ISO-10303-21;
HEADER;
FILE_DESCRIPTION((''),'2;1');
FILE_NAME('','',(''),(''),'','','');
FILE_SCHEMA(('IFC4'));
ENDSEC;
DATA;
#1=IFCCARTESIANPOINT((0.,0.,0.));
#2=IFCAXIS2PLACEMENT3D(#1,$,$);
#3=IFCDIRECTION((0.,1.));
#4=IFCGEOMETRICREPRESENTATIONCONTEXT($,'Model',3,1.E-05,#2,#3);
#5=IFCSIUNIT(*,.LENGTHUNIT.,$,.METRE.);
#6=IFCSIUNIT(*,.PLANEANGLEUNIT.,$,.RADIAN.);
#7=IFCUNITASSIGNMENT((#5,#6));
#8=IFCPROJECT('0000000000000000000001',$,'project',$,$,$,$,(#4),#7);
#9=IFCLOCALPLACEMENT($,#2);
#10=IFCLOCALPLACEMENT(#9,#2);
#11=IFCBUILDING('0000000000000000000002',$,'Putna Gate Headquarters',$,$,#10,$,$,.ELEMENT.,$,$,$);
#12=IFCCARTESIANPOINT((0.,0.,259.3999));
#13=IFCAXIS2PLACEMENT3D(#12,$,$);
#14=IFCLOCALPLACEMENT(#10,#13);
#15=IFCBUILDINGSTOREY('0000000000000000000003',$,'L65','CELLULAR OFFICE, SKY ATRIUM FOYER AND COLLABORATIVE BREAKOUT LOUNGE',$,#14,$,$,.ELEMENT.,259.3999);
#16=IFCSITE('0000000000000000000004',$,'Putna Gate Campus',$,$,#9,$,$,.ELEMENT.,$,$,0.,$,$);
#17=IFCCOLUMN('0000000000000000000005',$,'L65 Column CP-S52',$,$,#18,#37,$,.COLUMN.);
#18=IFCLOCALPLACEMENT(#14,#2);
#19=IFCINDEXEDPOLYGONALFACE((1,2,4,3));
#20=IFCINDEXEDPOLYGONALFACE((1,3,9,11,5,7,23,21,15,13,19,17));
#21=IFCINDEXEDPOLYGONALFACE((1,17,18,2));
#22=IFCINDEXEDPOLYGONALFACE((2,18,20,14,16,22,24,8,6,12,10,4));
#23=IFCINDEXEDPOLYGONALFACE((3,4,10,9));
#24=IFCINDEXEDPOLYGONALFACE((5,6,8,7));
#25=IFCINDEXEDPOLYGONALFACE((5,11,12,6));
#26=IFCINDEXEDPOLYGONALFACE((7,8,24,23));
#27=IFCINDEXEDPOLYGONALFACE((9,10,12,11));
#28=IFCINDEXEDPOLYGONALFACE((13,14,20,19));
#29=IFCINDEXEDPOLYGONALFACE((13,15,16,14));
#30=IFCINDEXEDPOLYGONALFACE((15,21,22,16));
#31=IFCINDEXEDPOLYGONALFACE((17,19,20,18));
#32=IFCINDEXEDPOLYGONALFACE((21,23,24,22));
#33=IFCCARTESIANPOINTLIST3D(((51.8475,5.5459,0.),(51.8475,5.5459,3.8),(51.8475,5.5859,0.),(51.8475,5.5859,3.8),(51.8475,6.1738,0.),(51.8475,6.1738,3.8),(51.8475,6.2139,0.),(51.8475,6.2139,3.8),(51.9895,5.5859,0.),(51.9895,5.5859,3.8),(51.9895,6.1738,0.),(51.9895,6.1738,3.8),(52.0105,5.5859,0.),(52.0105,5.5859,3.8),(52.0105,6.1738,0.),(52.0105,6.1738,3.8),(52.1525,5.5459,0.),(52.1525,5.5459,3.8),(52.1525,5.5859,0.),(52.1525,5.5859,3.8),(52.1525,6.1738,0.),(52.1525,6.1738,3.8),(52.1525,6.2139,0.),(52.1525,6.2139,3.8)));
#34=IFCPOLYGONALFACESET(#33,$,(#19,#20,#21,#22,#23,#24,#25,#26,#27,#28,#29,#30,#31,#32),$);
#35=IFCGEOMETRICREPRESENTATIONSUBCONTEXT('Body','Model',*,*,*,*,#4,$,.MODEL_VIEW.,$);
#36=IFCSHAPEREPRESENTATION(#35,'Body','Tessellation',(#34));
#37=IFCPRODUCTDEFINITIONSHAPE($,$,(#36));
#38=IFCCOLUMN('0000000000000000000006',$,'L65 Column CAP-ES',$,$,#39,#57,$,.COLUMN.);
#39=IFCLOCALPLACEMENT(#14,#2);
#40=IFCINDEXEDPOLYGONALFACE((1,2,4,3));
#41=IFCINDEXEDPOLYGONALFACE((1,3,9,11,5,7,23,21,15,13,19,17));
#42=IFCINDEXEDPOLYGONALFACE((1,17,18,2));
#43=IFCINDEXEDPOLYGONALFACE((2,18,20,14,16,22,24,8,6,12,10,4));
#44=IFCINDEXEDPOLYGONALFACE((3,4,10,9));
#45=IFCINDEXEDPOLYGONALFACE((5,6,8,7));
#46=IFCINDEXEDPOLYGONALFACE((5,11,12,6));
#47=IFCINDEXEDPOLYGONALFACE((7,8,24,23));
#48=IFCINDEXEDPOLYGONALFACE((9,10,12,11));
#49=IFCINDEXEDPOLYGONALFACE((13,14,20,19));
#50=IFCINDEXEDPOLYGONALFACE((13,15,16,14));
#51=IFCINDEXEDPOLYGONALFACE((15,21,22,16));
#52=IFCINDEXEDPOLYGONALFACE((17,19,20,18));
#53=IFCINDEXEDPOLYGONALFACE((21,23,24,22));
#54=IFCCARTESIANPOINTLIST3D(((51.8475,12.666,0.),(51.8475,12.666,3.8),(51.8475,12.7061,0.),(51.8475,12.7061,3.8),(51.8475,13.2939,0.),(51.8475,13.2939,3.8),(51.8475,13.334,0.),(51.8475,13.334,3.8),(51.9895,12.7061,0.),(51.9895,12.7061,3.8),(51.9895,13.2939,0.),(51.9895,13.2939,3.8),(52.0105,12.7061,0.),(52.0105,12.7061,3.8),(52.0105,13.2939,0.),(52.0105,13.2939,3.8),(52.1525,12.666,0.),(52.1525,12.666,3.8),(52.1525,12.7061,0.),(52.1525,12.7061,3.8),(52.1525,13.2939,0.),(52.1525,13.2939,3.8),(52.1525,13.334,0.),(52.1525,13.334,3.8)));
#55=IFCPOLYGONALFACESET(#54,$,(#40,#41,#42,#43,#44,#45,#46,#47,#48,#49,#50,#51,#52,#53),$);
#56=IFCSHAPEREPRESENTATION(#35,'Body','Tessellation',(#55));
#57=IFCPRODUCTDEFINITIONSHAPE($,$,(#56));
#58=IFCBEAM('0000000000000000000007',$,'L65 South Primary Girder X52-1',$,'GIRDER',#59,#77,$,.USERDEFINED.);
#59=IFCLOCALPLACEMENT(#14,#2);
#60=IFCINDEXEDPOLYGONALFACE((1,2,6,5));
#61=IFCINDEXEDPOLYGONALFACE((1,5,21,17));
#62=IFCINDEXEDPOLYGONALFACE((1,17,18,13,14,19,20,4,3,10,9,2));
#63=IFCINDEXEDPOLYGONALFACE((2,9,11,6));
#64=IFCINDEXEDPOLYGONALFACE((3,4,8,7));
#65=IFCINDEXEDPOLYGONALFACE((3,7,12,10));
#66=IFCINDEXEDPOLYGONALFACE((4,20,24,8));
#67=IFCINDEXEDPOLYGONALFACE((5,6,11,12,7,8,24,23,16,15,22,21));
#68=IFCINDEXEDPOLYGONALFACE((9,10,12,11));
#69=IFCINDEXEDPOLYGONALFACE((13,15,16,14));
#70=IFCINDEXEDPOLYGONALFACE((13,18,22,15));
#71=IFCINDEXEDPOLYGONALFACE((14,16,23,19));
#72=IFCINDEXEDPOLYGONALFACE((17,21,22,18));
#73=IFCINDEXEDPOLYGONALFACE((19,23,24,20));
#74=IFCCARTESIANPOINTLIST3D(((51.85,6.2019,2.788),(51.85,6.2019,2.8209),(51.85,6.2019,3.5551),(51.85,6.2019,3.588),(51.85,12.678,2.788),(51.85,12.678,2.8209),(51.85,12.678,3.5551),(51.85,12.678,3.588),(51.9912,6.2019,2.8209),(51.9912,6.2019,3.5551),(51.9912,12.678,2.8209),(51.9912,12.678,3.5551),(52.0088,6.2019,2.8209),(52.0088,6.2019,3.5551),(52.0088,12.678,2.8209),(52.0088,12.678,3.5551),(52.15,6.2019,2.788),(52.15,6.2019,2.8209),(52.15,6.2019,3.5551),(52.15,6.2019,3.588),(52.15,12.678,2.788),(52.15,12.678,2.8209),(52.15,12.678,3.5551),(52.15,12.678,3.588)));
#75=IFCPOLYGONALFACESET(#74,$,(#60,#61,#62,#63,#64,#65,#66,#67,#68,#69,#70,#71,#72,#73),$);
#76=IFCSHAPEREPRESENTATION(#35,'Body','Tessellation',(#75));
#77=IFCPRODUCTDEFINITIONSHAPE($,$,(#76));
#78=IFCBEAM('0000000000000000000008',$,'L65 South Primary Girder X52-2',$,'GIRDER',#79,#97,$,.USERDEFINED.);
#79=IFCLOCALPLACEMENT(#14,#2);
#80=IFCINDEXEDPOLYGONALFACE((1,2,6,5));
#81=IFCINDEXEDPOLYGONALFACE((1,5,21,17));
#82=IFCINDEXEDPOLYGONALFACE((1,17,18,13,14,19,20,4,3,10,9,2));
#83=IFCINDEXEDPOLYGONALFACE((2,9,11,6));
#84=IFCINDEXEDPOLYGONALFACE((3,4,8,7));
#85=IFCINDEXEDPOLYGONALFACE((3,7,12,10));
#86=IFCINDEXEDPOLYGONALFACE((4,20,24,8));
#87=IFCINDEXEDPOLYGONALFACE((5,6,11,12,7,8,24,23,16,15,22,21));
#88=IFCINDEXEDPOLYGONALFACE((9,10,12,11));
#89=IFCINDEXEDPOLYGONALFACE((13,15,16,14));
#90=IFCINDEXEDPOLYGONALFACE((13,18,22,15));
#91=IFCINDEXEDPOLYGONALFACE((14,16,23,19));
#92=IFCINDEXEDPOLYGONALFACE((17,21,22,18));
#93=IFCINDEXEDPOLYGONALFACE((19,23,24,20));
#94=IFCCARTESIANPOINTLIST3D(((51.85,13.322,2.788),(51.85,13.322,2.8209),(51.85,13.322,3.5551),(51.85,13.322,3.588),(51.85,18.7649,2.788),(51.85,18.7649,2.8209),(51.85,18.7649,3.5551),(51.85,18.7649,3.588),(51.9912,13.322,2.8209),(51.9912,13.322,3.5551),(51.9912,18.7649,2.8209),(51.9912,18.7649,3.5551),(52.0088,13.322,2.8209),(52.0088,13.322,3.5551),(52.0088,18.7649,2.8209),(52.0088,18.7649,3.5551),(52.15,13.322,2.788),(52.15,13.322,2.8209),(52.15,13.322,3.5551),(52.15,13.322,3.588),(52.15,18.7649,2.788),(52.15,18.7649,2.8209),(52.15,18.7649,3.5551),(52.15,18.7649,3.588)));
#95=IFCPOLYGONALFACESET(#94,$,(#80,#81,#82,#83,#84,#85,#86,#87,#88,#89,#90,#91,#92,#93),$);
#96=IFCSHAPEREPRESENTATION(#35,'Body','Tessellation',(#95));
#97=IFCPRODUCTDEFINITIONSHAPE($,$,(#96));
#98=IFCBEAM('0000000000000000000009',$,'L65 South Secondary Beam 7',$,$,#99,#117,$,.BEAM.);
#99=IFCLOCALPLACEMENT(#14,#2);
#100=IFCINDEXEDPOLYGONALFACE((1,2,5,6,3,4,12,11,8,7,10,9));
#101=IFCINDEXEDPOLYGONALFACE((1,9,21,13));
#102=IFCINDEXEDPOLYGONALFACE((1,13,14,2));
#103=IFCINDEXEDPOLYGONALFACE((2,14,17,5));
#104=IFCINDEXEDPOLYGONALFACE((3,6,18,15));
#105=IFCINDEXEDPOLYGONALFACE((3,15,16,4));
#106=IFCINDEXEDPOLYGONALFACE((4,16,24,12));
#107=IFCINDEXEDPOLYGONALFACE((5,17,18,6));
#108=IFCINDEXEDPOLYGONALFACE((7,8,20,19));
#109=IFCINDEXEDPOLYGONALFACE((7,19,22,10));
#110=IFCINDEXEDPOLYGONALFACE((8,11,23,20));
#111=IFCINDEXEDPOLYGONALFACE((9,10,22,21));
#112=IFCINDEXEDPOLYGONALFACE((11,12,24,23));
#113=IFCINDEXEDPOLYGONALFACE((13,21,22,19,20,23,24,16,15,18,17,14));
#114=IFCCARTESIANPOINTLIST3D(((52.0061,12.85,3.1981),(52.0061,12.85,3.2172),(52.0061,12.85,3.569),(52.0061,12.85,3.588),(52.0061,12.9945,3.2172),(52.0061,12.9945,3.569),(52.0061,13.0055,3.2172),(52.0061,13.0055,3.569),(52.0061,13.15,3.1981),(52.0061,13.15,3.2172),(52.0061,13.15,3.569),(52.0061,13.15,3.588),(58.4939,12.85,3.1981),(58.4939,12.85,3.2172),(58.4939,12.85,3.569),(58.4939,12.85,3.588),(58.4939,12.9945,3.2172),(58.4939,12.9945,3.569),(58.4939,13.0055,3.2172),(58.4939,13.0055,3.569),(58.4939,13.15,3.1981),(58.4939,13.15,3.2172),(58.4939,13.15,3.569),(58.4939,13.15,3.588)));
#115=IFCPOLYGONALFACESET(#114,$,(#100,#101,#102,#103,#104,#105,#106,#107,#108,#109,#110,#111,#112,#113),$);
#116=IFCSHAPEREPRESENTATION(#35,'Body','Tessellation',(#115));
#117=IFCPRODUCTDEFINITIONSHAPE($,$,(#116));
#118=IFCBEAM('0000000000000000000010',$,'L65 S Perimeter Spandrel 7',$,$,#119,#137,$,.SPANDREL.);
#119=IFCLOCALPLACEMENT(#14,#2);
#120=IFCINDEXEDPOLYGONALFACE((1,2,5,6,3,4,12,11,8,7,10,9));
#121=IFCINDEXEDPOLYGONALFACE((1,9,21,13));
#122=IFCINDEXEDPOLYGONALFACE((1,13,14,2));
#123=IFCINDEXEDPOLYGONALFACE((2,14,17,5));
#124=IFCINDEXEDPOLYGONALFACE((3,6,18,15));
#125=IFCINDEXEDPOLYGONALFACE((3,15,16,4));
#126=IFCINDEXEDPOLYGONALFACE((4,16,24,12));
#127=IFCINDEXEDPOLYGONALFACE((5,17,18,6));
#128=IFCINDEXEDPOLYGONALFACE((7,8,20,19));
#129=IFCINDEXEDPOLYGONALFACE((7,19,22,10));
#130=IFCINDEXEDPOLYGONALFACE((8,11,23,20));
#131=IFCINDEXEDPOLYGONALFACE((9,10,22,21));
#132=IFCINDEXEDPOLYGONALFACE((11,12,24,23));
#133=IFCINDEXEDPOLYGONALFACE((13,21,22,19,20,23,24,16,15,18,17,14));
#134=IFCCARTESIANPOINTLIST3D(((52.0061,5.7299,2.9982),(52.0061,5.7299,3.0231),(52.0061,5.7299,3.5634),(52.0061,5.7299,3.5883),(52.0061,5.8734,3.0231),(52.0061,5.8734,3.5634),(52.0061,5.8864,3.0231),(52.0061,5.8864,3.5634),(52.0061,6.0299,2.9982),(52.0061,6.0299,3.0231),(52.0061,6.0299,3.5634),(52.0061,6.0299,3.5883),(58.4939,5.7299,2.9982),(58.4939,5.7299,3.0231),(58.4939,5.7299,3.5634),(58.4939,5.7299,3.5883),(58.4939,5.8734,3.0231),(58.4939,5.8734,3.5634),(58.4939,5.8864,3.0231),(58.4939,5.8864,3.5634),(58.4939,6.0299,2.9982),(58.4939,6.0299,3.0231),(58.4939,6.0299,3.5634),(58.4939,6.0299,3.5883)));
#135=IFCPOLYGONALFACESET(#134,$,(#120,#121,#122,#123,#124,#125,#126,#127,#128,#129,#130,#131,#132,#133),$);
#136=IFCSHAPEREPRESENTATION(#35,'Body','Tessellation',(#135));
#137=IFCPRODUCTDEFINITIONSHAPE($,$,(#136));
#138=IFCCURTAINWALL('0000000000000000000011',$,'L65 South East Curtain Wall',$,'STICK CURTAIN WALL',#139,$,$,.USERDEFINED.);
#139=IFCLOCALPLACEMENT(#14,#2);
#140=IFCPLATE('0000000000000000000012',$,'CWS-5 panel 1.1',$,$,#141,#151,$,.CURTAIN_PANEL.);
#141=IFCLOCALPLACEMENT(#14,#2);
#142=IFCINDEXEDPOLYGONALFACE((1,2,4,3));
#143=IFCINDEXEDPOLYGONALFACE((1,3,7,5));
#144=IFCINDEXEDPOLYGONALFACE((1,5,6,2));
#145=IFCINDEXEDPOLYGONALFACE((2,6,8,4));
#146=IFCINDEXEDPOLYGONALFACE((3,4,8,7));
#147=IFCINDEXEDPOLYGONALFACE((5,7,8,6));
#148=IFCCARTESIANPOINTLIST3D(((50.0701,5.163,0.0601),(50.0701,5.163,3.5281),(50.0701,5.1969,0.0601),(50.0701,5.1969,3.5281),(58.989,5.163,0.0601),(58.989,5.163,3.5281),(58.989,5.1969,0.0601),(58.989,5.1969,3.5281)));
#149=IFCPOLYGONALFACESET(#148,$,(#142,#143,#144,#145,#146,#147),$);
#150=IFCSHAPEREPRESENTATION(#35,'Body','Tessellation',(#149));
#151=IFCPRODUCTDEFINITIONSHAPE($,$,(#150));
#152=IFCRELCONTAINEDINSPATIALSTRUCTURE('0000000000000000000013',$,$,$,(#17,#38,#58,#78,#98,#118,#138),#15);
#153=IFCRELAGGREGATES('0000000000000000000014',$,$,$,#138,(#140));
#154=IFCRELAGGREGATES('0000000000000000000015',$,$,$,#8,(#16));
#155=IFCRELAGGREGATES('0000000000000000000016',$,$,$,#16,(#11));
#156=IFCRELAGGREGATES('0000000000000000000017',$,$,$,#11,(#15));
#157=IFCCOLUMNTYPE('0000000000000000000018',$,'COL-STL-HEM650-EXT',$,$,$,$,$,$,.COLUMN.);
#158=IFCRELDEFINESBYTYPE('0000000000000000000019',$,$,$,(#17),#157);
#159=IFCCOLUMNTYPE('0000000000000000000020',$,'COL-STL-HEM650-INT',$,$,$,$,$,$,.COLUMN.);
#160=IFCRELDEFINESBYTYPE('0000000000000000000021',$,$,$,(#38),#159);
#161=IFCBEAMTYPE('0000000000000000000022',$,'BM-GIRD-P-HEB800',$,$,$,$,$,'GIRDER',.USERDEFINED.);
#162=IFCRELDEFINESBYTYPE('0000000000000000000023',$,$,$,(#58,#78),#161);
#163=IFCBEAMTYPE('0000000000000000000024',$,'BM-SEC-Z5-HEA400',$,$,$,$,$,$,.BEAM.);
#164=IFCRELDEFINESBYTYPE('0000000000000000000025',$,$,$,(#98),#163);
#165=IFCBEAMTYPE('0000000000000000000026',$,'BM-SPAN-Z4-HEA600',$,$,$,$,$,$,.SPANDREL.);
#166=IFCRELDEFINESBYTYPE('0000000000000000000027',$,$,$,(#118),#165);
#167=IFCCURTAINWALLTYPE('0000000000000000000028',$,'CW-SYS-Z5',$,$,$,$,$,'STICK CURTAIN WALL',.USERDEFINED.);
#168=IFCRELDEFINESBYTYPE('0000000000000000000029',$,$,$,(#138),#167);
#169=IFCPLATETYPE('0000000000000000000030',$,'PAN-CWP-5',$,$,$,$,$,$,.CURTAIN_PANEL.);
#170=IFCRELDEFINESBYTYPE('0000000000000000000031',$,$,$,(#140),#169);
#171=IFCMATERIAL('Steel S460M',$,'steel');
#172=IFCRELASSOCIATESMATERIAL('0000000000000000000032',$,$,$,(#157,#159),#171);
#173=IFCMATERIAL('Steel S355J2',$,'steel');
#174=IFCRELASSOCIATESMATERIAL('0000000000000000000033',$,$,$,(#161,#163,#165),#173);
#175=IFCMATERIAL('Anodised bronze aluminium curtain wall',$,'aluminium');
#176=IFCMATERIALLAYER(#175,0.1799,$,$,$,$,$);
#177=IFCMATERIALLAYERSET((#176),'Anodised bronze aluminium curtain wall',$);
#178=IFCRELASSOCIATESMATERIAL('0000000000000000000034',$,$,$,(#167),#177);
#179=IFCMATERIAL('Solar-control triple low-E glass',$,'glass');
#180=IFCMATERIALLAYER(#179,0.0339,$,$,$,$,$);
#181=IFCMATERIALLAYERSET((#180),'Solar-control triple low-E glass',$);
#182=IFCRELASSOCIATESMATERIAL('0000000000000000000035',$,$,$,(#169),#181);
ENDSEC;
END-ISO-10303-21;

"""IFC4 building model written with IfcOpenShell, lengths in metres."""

from ifc_helpers import new_model, si_unit, direction, frame, origin, origin_2d, place, context, subcontext, project, spatial, rectangle, i_section, extrude, material, layer, layer_set, material_profile, profile_set, type_object, element, aggregate, save


model = new_model("IFC4")

# Units and contexts
model_context = context("Model", 3, precision=1e-05, world=origin(), true_north=direction((0.0, 1.0)))
body_context = subcontext(model_context, "Body", "Model", "MODEL_VIEW")
ifc_project = project(units=[si_unit("LENGTHUNIT", "METRE"), si_unit("PLANEANGLEUNIT", "RADIAN")], contexts=[model_context])

# Site, building, storey
site_placement = place(None, origin())
site = spatial("IfcSite", under=ifc_project, at=site_placement, Name="Putna Gate Campus", CompositionType="ELEMENT", RefElevation=0.0)
building_placement = place(site_placement, origin())
building = spatial("IfcBuilding", under=site, at=building_placement, Name="Putna Gate Headquarters", CompositionType="ELEMENT")
storey_placement = place(building_placement, frame((0.0, 0.0, 259.3999)))
storey = spatial("IfcBuildingStorey", under=building, at=storey_placement, Name="L65", Description="CELLULAR OFFICE, SKY ATRIUM FOYER AND COLLABORATIVE BREAKOUT LOUNGE", CompositionType="ELEMENT", Elevation=259.3999)

# Columns
ifc_material_1 = material(Name="Steel S460M", Category="steel")
ifc_material_profile_1 = material_profile(ifc_material_1, i_section(OverallWidth=0.3049, OverallDepth=0.668, WebThickness=0.021, FlangeThickness=0.04, at=origin_2d()), Name="Steel S460M")
ifc_profile_set_1 = profile_set([ifc_material_profile_1], Name="Steel S460M")
column_type_1 = type_object("IfcColumnType", Name="COL-STL-HEM650-EXT", PredefinedType="COLUMN", material=ifc_profile_set_1)
column_1_placement = place(storey_placement, frame((52.0, 5.8799, 0.0), z_axis=(0.0, 0.0, 1.0), x_axis=(1.0, 0.0, 0.0)))
element("IfcColumn", 1, at=column_1_placement, inside=storey, type_object=column_type_1, Name="L65 Column CP-S52", PredefinedType="COLUMN", context=body_context, shape_type="SweptSolid", body=[
    extrude(i_section(OverallWidth=0.3049, OverallDepth=0.668, WebThickness=0.021, FlangeThickness=0.04, at=origin_2d()), origin(), (0.0, 0.0, 1.0), 3.8),
])
ifc_material_profile_2 = material_profile(ifc_material_1, i_section(OverallWidth=0.3049, OverallDepth=0.668, WebThickness=0.021, FlangeThickness=0.04, at=origin_2d()), Name="Steel S460M")
ifc_profile_set_2 = profile_set([ifc_material_profile_2], Name="Steel S460M")
column_type_2 = type_object("IfcColumnType", Name="COL-STL-HEM650-INT", PredefinedType="COLUMN", material=ifc_profile_set_2)
column_2_placement = place(storey_placement, frame((52.0, 13.0, 0.0), z_axis=(0.0, 0.0, 1.0), x_axis=(1.0, 0.0, 0.0)))
element("IfcColumn", 2, at=column_2_placement, inside=storey, type_object=column_type_2, Name="L65 Column CAP-ES", PredefinedType="COLUMN", context=body_context, shape_type="SweptSolid", body=[
    extrude(i_section(OverallWidth=0.3049, OverallDepth=0.668, WebThickness=0.021, FlangeThickness=0.04, at=origin_2d()), origin(), (0.0, 0.0, 1.0), 3.8),
])

# Beams
ifc_material_2 = material(Name="Steel S355J2", Category="steel")
ifc_material_profile_3 = material_profile(ifc_material_2, i_section(OverallWidth=0.3, OverallDepth=0.8, WebThickness=0.0176, FlangeThickness=0.033, at=origin_2d()), Name="Steel S355J2")
ifc_profile_set_3 = profile_set([ifc_material_profile_3], Name="Steel S355J2")
beam_type_1 = type_object("IfcBeamType", Name="BM-GIRD-P-HEB800", ElementType="GIRDER", PredefinedType="USERDEFINED", material=ifc_profile_set_3)
beam_1_placement = place(storey_placement, frame((52.0, 6.2019, 3.188), z_axis=(0.0, 1.0, 0.0), x_axis=(-1.0, 0.0, 0.0)))
element("IfcBeam", 3, at=beam_1_placement, inside=storey, type_object=beam_type_1, Name="L65 South Primary Girder X52-1", ObjectType="GIRDER", PredefinedType="USERDEFINED", context=body_context, shape_type="SweptSolid", body=[
    extrude(i_section(OverallWidth=0.3, OverallDepth=0.8, WebThickness=0.0176, FlangeThickness=0.033, at=origin_2d()), origin(), (0.0, 0.0, 1.0), 6.4761),
])
beam_2_placement = place(storey_placement, frame((52.0, 13.322, 3.188), z_axis=(0.0, 1.0, 0.0), x_axis=(-1.0, 0.0, 0.0)))
element("IfcBeam", 4, at=beam_2_placement, inside=storey, type_object=beam_type_1, Name="L65 South Primary Girder X52-2", ObjectType="GIRDER", PredefinedType="USERDEFINED", context=body_context, shape_type="SweptSolid", body=[
    extrude(i_section(OverallWidth=0.3, OverallDepth=0.8, WebThickness=0.0176, FlangeThickness=0.033, at=origin_2d()), origin(), (0.0, 0.0, 1.0), 5.4429),
])
ifc_material_profile_4 = material_profile(ifc_material_2, i_section(OverallWidth=0.3, OverallDepth=0.3899, WebThickness=0.011, FlangeThickness=0.019, at=origin_2d()), Name="Steel S355J2")
ifc_profile_set_4 = profile_set([ifc_material_profile_4], Name="Steel S355J2")
beam_type_2 = type_object("IfcBeamType", Name="BM-SEC-Z5-HEA400", PredefinedType="BEAM", material=ifc_profile_set_4)
beam_3_placement = place(storey_placement, frame((52.0061, 13.0, 3.3931), z_axis=(1.0, 0.0, 0.0), x_axis=(0.0, 1.0, 0.0)))
element("IfcBeam", 5, at=beam_3_placement, inside=storey, type_object=beam_type_2, Name="L65 South Secondary Beam 7", PredefinedType="BEAM", context=body_context, shape_type="SweptSolid", body=[
    extrude(i_section(OverallWidth=0.3, OverallDepth=0.3899, WebThickness=0.011, FlangeThickness=0.019, at=origin_2d()), origin(), (0.0, 0.0, 1.0), 6.4878),
])
ifc_material_profile_5 = material_profile(ifc_material_2, i_section(OverallWidth=0.3, OverallDepth=0.5901, WebThickness=0.0129, FlangeThickness=0.0249, at=origin_2d()), Name="Steel S355J2")
ifc_profile_set_5 = profile_set([ifc_material_profile_5], Name="Steel S355J2")
beam_type_3 = type_object("IfcBeamType", Name="BM-SPAN-Z4-HEA600", PredefinedType="SPANDREL", material=ifc_profile_set_5)
beam_4_placement = place(storey_placement, frame((52.0061, 5.8799, 3.2932), z_axis=(1.0, 0.0, 0.0), x_axis=(0.0, 1.0, 0.0)))
element("IfcBeam", 6, at=beam_4_placement, inside=storey, type_object=beam_type_3, Name="L65 S Perimeter Spandrel 7", PredefinedType="SPANDREL", context=body_context, shape_type="SweptSolid", body=[
    extrude(i_section(OverallWidth=0.3, OverallDepth=0.5901, WebThickness=0.0129, FlangeThickness=0.0249, at=origin_2d()), origin(), (0.0, 0.0, 1.0), 6.4878),
])

# Curtain wall, plate
ifc_material_3 = material(Name="Anodised bronze aluminium curtain wall", Category="aluminium")
ifc_layer_1 = layer(ifc_material_3, 0.1799)
ifc_layer_set_1 = layer_set([ifc_layer_1], Name="Anodised bronze aluminium curtain wall")
curtain_wall_type = type_object("IfcCurtainWallType", Name="CW-SYS-Z5", ElementType="STICK CURTAIN WALL", PredefinedType="USERDEFINED", material=ifc_layer_set_1)
curtain_wall_placement = place(storey_placement, origin())
curtain_wall = element("IfcCurtainWall", 7, at=curtain_wall_placement, inside=storey, type_object=curtain_wall_type, Name="L65 South East Curtain Wall", ObjectType="STICK CURTAIN WALL", PredefinedType="USERDEFINED")
ifc_material_4 = material(Name="Solar-control triple low-E glass", Category="glass")
ifc_layer_2 = layer(ifc_material_4, 0.0339)
ifc_layer_set_2 = layer_set([ifc_layer_2], Name="Solar-control triple low-E glass")
plate_type = type_object("IfcPlateType", Name="PAN-CWP-5", PredefinedType="CURTAIN_PANEL", material=ifc_layer_set_2)
plate_placement = place(storey_placement, frame((54.5295, 5.1799, 0.0601), z_axis=(0.0, 0.0, 1.0), x_axis=(1.0, 0.0, 0.0)))
plate = element("IfcPlate", 8, at=plate_placement, type_object=plate_type, Name="CWS-5 panel 1.1", PredefinedType="CURTAIN_PANEL", context=body_context, shape_type="SweptSolid", body=[
    extrude(rectangle(XDim=8.9189, YDim=0.0339, at=origin_2d()), origin(), (0.0, 0.0, 1.0), 3.468),
])
aggregate(curtain_wall, [plate])

save(model, "model.ifc")
